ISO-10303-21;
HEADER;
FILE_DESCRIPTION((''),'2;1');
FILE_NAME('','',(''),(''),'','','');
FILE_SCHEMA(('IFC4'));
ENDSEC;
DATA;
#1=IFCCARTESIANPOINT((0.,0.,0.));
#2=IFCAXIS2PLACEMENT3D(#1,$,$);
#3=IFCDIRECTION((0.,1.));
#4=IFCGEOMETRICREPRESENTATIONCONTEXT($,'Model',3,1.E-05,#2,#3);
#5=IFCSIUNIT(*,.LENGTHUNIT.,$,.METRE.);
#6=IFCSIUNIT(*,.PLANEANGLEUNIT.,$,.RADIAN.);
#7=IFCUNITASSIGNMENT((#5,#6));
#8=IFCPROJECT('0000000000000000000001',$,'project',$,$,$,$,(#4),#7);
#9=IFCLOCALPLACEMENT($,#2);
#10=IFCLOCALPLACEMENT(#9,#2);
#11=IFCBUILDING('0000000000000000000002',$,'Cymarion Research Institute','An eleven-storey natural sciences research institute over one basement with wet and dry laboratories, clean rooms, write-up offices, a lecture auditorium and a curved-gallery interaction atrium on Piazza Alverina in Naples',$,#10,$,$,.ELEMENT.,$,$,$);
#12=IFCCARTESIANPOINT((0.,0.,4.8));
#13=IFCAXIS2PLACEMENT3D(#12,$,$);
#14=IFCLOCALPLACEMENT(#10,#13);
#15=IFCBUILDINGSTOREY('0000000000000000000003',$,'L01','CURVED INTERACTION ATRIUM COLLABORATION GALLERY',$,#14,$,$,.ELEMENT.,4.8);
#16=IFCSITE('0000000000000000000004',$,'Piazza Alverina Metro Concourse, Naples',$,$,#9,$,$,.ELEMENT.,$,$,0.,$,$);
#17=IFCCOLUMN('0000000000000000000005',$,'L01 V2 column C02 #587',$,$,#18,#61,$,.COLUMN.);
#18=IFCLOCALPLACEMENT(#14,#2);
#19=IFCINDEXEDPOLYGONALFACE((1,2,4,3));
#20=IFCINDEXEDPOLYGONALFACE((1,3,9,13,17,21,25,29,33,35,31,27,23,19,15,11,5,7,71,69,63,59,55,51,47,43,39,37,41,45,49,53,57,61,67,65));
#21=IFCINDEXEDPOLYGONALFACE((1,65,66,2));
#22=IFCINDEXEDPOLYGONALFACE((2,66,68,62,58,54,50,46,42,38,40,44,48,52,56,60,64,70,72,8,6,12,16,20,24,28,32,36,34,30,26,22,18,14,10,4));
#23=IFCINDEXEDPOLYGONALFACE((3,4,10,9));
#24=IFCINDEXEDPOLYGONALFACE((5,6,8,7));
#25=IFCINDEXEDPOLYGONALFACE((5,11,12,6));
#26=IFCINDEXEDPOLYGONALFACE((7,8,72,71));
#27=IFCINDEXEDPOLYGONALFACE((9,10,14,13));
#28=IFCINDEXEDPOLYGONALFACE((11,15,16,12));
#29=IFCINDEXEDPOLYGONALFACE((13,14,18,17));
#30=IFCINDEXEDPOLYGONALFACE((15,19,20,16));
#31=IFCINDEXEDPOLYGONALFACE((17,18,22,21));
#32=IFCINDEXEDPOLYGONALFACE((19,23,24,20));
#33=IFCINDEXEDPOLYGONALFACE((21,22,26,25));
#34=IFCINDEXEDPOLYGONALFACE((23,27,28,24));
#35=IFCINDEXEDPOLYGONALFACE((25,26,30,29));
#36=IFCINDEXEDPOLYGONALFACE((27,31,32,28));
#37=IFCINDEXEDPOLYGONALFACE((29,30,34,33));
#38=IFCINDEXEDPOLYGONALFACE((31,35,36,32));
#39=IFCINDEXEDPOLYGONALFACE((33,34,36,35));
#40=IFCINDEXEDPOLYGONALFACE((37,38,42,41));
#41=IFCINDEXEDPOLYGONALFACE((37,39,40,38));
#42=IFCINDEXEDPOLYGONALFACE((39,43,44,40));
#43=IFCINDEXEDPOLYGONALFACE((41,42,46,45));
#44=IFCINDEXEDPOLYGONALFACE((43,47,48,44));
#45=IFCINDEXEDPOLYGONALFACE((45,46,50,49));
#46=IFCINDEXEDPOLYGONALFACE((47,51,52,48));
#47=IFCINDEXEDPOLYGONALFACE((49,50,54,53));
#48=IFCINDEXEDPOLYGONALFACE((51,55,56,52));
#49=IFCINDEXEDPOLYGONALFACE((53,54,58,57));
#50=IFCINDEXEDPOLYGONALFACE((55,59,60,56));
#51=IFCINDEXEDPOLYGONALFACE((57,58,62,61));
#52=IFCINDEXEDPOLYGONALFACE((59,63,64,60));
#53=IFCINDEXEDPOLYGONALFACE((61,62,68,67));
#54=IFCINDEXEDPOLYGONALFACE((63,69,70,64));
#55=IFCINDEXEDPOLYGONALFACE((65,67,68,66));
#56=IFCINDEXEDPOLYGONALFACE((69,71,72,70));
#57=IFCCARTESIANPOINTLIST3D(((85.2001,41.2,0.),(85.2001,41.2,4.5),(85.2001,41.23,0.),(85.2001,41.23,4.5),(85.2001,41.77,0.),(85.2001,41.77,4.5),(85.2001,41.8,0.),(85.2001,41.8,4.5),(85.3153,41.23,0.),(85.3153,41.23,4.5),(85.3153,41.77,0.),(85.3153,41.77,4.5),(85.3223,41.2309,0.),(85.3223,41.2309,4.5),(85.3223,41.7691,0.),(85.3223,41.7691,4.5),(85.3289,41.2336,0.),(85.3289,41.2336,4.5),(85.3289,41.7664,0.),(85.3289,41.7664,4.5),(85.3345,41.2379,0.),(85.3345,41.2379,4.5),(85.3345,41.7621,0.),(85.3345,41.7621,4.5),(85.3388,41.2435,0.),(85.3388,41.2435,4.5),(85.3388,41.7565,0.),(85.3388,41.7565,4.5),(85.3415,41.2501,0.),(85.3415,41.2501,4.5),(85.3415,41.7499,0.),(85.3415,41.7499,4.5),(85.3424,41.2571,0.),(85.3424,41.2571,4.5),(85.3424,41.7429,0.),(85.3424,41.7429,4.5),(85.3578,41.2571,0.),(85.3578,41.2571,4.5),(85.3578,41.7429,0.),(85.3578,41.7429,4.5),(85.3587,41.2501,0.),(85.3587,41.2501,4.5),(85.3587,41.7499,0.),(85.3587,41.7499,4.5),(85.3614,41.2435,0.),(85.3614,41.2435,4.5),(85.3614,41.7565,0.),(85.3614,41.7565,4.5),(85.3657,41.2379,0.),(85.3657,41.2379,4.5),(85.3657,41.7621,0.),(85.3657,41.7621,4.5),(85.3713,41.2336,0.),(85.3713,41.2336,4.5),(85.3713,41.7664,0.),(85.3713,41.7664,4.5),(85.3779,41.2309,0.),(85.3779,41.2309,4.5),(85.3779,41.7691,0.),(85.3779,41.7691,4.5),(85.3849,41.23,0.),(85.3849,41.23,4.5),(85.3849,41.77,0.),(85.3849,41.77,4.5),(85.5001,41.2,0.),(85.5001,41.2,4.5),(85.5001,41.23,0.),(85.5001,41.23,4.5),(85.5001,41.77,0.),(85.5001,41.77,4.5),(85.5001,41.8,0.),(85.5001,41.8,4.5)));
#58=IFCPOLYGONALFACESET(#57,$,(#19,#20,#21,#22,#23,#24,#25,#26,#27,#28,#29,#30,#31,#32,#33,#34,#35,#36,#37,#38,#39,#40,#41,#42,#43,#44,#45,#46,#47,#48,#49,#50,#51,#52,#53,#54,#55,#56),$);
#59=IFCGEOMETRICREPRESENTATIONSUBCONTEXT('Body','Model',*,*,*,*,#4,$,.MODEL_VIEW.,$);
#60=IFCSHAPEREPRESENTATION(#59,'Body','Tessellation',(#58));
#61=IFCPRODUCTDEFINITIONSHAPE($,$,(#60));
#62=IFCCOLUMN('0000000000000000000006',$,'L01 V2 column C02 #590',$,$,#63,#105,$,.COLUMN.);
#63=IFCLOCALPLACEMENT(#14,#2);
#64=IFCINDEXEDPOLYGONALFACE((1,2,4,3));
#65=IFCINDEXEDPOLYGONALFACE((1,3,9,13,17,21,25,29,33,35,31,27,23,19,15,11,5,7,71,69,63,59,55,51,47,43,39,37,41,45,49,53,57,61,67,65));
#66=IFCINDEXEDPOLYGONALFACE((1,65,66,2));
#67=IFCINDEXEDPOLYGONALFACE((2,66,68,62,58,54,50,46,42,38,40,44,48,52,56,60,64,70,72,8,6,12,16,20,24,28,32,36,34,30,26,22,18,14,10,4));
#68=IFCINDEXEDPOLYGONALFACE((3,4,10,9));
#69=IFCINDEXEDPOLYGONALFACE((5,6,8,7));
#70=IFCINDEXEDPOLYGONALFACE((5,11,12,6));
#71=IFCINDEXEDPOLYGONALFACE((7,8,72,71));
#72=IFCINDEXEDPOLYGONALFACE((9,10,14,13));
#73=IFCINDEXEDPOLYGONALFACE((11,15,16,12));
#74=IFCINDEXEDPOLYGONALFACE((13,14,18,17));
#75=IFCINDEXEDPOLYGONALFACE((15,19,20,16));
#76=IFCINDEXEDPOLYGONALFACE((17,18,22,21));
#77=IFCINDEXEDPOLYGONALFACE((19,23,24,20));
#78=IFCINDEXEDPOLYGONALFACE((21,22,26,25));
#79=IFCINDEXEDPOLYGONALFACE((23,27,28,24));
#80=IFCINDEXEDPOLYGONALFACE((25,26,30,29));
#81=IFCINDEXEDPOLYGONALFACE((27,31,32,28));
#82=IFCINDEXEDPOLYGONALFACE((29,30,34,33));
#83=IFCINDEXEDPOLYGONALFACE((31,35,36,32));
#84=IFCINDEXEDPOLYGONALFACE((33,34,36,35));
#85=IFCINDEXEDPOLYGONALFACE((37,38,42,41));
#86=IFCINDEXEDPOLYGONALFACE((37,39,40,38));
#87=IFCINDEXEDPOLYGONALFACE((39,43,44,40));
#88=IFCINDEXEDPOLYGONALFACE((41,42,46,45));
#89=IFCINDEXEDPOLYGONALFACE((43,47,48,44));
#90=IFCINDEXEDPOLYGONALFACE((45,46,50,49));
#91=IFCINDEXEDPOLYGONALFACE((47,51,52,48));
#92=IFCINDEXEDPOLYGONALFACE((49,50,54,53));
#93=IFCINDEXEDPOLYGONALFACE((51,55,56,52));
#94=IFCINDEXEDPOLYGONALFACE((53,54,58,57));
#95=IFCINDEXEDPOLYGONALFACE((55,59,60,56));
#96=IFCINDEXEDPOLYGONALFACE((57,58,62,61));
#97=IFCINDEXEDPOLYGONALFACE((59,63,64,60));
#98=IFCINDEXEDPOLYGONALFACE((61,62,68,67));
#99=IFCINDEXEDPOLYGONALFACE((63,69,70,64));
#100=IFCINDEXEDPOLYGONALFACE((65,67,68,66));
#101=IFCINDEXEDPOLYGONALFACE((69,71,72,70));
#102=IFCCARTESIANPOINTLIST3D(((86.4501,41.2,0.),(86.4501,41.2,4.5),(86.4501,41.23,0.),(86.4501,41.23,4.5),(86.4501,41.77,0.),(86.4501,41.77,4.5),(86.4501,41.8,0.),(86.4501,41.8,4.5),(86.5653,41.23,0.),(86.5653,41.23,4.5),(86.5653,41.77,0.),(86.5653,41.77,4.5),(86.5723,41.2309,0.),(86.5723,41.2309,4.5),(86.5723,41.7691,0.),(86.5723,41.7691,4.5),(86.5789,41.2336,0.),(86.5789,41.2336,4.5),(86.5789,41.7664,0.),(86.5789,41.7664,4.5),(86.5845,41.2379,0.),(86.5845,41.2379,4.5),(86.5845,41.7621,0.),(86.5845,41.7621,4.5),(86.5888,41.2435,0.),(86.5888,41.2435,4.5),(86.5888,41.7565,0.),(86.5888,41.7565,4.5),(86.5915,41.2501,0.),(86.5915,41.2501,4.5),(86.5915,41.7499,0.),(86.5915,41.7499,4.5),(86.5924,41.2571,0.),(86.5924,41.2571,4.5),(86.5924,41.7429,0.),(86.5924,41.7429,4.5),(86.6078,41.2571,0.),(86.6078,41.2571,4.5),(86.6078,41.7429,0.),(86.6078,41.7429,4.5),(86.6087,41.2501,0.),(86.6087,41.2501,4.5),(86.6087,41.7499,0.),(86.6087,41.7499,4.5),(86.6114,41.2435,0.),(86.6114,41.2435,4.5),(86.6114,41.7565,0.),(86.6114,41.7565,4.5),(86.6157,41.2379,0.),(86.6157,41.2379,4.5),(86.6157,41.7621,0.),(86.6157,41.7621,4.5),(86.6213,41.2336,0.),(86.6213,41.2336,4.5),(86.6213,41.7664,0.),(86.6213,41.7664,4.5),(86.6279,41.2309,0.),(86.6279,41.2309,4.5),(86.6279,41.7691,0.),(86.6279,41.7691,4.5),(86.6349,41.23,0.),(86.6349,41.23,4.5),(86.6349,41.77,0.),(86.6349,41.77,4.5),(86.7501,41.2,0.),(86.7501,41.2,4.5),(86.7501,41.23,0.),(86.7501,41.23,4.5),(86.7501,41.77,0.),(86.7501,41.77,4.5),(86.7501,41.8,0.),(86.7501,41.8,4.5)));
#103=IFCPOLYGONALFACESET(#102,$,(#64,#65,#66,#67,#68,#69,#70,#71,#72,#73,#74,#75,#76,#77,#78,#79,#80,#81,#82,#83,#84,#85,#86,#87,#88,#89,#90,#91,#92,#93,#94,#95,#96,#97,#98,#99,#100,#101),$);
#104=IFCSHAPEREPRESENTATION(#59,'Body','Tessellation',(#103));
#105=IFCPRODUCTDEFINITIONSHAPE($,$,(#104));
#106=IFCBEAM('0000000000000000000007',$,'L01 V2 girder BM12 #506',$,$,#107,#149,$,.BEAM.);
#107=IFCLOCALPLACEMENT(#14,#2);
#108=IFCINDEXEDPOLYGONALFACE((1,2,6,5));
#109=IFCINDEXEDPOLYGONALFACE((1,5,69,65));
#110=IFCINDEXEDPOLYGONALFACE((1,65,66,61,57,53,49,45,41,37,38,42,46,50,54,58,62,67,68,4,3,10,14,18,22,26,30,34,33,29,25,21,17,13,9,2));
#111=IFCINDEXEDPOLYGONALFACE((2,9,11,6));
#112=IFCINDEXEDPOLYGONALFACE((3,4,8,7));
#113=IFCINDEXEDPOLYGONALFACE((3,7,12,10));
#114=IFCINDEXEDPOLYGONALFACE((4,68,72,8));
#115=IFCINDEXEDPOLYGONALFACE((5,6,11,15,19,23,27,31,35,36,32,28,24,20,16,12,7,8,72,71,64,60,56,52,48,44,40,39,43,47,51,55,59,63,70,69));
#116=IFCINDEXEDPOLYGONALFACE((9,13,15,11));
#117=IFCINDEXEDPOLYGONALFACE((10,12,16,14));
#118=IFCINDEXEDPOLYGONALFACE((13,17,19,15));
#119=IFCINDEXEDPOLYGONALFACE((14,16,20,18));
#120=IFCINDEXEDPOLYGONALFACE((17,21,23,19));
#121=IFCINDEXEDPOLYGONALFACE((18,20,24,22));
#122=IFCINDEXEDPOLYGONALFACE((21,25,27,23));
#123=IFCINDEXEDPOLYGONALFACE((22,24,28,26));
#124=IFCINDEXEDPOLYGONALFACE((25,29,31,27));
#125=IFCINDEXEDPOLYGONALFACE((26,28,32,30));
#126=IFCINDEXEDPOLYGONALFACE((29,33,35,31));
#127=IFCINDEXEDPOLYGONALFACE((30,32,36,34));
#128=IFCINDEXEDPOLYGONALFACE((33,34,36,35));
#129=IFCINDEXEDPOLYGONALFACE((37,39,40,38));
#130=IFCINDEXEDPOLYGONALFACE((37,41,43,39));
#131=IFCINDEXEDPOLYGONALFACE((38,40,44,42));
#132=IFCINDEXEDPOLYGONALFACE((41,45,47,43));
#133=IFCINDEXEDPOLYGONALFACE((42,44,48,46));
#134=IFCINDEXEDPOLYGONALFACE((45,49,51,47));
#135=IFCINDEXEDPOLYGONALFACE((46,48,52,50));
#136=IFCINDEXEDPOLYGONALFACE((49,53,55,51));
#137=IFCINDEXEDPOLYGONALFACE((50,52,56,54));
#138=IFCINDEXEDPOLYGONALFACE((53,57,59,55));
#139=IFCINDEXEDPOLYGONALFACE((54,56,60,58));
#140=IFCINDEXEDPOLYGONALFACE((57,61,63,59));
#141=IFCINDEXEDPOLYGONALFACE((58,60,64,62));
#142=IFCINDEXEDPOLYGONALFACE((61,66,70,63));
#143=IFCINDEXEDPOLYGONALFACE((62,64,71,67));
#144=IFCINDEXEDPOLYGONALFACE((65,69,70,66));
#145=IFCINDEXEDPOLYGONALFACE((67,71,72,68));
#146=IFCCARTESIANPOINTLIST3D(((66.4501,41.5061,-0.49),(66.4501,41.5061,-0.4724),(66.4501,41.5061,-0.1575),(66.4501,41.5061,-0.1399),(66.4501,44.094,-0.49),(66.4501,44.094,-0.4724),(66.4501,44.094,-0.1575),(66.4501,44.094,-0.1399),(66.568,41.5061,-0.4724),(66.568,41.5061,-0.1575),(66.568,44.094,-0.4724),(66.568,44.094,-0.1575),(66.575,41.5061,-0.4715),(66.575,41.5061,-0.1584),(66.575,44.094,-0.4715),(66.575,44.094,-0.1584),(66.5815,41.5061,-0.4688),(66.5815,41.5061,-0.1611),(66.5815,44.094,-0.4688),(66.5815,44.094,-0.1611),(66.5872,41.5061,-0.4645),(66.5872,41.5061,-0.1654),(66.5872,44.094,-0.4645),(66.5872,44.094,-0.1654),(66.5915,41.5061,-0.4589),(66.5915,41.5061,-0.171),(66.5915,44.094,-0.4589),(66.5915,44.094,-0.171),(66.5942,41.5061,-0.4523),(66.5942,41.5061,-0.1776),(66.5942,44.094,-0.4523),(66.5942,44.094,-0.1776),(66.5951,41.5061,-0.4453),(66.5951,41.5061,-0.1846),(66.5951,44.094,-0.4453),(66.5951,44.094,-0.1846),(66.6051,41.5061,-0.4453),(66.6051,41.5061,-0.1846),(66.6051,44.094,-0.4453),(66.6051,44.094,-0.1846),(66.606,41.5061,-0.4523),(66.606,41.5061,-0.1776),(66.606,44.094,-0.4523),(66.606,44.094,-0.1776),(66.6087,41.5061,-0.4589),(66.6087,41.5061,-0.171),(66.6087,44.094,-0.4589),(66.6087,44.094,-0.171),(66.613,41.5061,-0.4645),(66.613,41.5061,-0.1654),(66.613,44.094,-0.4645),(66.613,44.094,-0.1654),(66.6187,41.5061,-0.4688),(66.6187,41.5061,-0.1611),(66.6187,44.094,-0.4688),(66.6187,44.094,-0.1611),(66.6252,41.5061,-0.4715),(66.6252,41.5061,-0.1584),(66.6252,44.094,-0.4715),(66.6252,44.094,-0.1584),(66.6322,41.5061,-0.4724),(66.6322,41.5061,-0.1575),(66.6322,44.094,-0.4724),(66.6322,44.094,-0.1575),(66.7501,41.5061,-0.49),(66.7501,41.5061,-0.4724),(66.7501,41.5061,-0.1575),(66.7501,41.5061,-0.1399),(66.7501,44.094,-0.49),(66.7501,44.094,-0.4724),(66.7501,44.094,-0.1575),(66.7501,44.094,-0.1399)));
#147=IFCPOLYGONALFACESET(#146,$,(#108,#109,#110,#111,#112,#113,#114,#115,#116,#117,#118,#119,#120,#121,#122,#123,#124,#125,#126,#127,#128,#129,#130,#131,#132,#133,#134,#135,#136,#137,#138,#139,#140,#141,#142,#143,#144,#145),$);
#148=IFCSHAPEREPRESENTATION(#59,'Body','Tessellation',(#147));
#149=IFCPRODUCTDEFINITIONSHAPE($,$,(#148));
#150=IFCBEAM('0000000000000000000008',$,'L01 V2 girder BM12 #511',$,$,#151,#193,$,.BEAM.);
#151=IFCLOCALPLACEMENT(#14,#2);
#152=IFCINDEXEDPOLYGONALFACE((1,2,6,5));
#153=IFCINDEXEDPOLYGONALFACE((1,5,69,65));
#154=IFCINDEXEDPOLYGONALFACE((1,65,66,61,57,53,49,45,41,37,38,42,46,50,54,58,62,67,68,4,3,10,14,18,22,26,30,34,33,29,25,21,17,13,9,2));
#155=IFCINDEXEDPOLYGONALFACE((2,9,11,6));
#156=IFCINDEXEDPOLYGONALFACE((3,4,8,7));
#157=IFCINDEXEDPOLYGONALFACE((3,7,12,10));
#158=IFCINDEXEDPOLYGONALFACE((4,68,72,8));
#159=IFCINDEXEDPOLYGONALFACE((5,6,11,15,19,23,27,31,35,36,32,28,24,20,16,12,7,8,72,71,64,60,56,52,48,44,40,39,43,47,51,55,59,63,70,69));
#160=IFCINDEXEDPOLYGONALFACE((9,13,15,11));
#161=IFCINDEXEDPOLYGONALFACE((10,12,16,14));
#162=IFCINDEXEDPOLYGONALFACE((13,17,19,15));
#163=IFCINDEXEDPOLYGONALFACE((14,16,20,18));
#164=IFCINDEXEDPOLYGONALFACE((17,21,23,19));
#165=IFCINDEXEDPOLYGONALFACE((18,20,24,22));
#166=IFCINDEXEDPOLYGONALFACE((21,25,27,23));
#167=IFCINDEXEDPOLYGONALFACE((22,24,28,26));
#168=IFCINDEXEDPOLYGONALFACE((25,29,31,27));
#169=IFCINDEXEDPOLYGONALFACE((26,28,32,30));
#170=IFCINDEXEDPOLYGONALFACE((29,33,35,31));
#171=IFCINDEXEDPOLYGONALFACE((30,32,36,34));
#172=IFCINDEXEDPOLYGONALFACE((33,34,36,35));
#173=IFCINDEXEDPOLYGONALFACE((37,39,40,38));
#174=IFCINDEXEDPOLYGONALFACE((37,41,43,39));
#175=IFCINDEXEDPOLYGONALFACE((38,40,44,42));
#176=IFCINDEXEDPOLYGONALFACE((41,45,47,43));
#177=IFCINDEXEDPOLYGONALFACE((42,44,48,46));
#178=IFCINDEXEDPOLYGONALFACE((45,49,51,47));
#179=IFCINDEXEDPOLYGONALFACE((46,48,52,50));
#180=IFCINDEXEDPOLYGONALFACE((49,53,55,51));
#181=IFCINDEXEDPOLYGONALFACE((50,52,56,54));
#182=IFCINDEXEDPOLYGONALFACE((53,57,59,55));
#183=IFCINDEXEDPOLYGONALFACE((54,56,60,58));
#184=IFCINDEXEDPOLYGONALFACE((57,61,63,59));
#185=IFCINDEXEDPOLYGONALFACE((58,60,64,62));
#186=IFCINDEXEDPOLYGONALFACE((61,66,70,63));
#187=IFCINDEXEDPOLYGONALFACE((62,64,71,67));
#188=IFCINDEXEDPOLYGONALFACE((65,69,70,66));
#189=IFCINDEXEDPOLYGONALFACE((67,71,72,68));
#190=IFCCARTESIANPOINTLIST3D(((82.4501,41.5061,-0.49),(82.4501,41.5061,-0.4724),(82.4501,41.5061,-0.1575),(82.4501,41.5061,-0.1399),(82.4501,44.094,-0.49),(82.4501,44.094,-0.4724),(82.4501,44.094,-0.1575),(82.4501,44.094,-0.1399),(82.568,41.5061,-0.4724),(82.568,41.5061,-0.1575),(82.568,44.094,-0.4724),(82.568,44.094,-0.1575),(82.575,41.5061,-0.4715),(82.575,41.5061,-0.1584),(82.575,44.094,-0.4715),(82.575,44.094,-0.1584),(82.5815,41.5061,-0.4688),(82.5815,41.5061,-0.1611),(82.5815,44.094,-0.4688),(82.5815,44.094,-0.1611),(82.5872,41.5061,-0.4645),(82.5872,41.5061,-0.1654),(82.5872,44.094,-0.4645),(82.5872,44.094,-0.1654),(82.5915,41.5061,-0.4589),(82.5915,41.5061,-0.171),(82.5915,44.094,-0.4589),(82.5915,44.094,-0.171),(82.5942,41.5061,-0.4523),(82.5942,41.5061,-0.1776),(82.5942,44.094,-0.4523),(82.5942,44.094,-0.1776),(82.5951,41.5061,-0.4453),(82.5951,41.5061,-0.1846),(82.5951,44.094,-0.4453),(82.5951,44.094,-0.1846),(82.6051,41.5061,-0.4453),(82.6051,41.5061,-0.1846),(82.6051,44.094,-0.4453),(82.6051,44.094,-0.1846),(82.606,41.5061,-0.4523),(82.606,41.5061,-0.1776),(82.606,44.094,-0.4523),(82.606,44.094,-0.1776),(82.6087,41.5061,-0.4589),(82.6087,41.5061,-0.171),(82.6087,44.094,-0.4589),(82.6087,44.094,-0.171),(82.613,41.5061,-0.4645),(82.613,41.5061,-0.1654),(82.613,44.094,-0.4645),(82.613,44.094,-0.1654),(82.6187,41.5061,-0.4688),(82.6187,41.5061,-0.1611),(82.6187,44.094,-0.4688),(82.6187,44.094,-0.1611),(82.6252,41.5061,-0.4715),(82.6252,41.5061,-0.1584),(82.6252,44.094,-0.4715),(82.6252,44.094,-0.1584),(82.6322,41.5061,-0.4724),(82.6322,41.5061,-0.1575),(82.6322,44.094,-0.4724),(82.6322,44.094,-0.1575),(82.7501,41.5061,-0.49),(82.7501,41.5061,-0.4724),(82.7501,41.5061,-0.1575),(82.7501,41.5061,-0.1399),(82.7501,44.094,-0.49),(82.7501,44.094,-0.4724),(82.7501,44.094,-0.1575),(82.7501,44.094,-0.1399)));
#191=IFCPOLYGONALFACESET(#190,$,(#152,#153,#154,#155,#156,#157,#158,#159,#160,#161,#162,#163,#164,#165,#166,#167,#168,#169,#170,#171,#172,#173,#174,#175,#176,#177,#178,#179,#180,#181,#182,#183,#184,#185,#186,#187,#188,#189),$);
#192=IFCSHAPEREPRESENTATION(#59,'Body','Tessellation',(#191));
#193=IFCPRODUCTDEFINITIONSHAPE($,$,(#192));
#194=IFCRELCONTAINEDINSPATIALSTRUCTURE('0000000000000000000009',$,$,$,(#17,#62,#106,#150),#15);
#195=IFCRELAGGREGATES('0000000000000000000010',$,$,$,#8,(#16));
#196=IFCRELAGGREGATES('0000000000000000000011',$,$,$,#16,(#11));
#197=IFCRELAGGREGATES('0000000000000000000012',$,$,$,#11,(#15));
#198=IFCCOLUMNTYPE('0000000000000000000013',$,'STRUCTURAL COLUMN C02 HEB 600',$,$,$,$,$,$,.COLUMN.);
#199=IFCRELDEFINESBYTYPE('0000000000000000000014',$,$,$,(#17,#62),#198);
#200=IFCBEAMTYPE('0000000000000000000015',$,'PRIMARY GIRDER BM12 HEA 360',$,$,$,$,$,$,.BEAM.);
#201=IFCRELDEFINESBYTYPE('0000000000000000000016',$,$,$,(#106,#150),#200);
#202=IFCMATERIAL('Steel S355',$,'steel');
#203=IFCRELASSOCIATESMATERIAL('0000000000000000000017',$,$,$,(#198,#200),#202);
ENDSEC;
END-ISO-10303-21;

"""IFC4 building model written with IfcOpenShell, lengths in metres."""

from ifc_helpers import new_model, si_unit, direction, frame, origin, origin_2d, place, context, subcontext, project, spatial, i_section, extrude, material, material_profile, profile_set, type_object, element, save


model = new_model("IFC4")

# Units and contexts
model_context = context("Model", 3, precision=1e-05, world=origin(), true_north=direction((0.0, 1.0)))
body_context = subcontext(model_context, "Body", "Model", "MODEL_VIEW")
ifc_project = project(units=[si_unit("LENGTHUNIT", "METRE"), si_unit("PLANEANGLEUNIT", "RADIAN")], contexts=[model_context])

# Site, building, storey
site_placement = place(None, origin())
site = spatial("IfcSite", under=ifc_project, at=site_placement, Name="Piazza Alverina Metro Concourse, Naples", CompositionType="ELEMENT", RefElevation=0.0)
building_placement = place(site_placement, origin())
building = spatial("IfcBuilding", under=site, at=building_placement, Name="Cymarion Research Institute", Description="An eleven-storey natural sciences research institute over one basement with wet and dry laboratories, clean rooms, write-up offices, a lecture auditorium and a curved-gallery interaction atrium on Piazza Alverina in Naples", CompositionType="ELEMENT")
storey_placement = place(building_placement, frame((0.0, 0.0, 4.8)))
storey = spatial("IfcBuildingStorey", under=building, at=storey_placement, Name="L01", Description="CURVED INTERACTION ATRIUM COLLABORATION GALLERY", CompositionType="ELEMENT", Elevation=4.8)

# Columns
ifc_material_1 = material(Name="Steel S355", Category="steel")
ifc_material_profile_1 = material_profile(ifc_material_1, i_section(OverallWidth=0.3, OverallDepth=0.6001, WebThickness=0.0154, FlangeThickness=0.03, FilletRadius=0.0271, at=origin_2d()), Name="HEB 600")
ifc_profile_set_1 = profile_set([ifc_material_profile_1], Name="Steel S355")
column_type = type_object("IfcColumnType", Name="STRUCTURAL COLUMN C02 HEB 600", PredefinedType="COLUMN", material=ifc_profile_set_1)
for number, where, z_axis, x_axis, name in (
    (1, (85.3501, 41.5, 0.0), (0.0, 0.0, 1.0), (1.0, 0.0, 0.0), "L01 V2 column C02 #587"),
    (2, (86.6001, 41.5, 0.0), (0.0, 0.0, 1.0), (1.0, 0.0, 0.0), "L01 V2 column C02 #590"),
):
    element("IfcColumn", number, at=place(storey_placement, frame(where, z_axis=z_axis, x_axis=x_axis)), inside=storey, type_object=column_type, Name=name, PredefinedType="COLUMN", context=body_context, shape_type="SweptSolid", body=[
        extrude(i_section(OverallWidth=0.3, OverallDepth=0.6001, WebThickness=0.0154, FlangeThickness=0.03, FilletRadius=0.0271, at=origin_2d()), origin(), (0.0, 0.0, 1.0), 4.5),
    ])

# Beams
ifc_material_profile_2 = material_profile(ifc_material_1, i_section(OverallWidth=0.3, OverallDepth=0.3501, WebThickness=0.01, FlangeThickness=0.0176, FilletRadius=0.0271, at=origin_2d()), Name="HEA 360")
ifc_profile_set_2 = profile_set([ifc_material_profile_2], Name="Steel S355")
beam_type_1 = type_object("IfcBeamType", Name="PRIMARY GIRDER BM12 HEA 360", PredefinedType="BEAM", material=ifc_profile_set_2)
for number, where, z_axis, x_axis, name in (
    (3, (66.6001, 41.5061, -0.3149), (0.0, 1.0, 0.0), (-1.0, 0.0, 0.0), "L01 V2 girder BM12 #506"),
    (4, (82.6001, 41.5061, -0.3149), (0.0, 1.0, 0.0), (-1.0, 0.0, 0.0), "L01 V2 girder BM12 #511"),
):
    element("IfcBeam", number, at=place(storey_placement, frame(where, z_axis=z_axis, x_axis=x_axis)), inside=storey, type_object=beam_type_1, Name=name, PredefinedType="BEAM", context=body_context, shape_type="SweptSolid", body=[
        extrude(i_section(OverallWidth=0.3, OverallDepth=0.3501, WebThickness=0.01, FlangeThickness=0.0176, FilletRadius=0.0271, at=origin_2d()), origin(), (0.0, 0.0, 1.0), 2.5879),
    ])

save(model, "model.ifc")
